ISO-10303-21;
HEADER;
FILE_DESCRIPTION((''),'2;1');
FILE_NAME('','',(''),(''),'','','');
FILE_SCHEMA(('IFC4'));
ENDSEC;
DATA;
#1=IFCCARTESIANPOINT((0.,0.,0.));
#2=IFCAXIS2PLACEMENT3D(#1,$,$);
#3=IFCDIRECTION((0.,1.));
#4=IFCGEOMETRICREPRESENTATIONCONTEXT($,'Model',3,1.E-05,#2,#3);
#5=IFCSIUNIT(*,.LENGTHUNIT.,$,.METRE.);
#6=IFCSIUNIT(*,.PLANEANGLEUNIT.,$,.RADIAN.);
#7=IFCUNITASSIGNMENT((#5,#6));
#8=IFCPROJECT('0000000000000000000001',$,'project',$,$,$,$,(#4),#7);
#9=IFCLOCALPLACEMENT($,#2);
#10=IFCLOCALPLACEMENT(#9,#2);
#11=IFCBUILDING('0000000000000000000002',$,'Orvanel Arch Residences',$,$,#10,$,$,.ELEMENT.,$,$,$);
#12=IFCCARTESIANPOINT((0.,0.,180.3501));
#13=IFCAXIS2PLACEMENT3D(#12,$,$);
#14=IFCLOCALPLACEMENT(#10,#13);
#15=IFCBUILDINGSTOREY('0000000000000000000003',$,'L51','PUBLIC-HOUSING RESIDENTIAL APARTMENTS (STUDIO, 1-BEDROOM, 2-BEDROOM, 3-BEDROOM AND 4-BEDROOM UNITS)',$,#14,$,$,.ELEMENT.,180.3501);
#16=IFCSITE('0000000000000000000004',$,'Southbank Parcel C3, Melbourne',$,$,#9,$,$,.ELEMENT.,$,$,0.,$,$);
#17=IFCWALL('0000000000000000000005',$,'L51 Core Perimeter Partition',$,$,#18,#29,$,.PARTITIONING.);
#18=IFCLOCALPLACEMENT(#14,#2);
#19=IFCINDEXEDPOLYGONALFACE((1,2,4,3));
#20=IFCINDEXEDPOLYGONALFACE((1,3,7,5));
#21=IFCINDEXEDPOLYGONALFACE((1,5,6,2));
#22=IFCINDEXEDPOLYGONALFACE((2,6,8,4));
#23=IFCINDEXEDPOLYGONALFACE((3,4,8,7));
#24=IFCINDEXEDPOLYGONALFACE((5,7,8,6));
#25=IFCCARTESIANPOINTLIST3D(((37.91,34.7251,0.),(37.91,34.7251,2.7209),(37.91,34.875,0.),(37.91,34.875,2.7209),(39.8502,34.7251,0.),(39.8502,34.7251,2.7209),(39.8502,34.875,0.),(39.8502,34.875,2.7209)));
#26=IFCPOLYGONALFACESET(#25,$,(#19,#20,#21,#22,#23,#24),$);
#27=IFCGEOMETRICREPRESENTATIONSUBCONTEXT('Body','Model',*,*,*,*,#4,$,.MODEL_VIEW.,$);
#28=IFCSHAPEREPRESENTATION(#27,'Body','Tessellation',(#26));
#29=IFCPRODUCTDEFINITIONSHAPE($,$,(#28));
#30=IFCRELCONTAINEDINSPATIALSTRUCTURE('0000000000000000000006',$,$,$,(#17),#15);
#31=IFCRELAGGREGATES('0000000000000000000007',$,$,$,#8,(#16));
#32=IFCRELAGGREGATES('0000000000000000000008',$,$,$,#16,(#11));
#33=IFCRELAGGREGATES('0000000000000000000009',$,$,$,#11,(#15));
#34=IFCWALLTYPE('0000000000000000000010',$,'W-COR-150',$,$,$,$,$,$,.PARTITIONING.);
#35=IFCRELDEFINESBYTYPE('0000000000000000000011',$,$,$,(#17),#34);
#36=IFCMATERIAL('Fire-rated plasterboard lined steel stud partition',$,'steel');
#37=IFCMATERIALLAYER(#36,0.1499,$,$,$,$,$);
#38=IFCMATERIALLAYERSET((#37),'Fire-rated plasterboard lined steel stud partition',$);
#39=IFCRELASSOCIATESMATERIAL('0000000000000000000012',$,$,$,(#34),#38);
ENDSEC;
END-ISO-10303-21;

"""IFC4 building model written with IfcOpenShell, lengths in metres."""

from ifc_helpers import new_model, si_unit, direction, frame, frame_2d, origin, place, context, subcontext, project, spatial, rectangle, extrude, material, layer, layer_set, type_object, element, save


model = new_model("IFC4")

# Units and contexts
model_context = context("Model", 3, precision=1e-05, world=origin(), true_north=direction((0.0, 1.0)))
body_context = subcontext(model_context, "Body", "Model", "MODEL_VIEW")
ifc_project = project(units=[si_unit("LENGTHUNIT", "METRE"), si_unit("PLANEANGLEUNIT", "RADIAN")], contexts=[model_context])

# Site, building, storey
site_placement = place(None, origin())
site = spatial("IfcSite", under=ifc_project, at=site_placement, Name="Southbank Parcel C3, Melbourne", CompositionType="ELEMENT", RefElevation=0.0)
building_placement = place(site_placement, origin())
building = spatial("IfcBuilding", under=site, at=building_placement, Name="Orvanel Arch Residences", CompositionType="ELEMENT")
storey_placement = place(building_placement, frame((0.0, 0.0, 180.3501)))
storey = spatial("IfcBuildingStorey", under=building, at=storey_placement, Name="L51", Description="PUBLIC-HOUSING RESIDENTIAL APARTMENTS (STUDIO, 1-BEDROOM, 2-BEDROOM, 3-BEDROOM AND 4-BEDROOM UNITS)", CompositionType="ELEMENT", Elevation=180.3501)

# Wall
ifc_material_1 = material(Name="Fire-rated plasterboard lined steel stud partition", Category="steel")
ifc_layer_1 = layer(ifc_material_1, 0.1499)
ifc_layer_set_1 = layer_set([ifc_layer_1], Name="Fire-rated plasterboard lined steel stud partition")
wall_type_1 = type_object("IfcWallType", Name="W-COR-150", PredefinedType="PARTITIONING", material=ifc_layer_set_1)
wall_1_placement = place(storey_placement, frame((37.9099, 34.8, 0.0), z_axis=(0.0, 0.0, 1.0), x_axis=(1.0, 0.0, 0.0)))
element("IfcWall", 1, at=wall_1_placement, inside=storey, type_object=wall_type_1, Name="L51 Core Perimeter Partition", PredefinedType="PARTITIONING", context=body_context, shape_type="SweptSolid", body=[
    extrude(rectangle(XDim=1.9402, YDim=0.1499, at=frame_2d((0.9702, 0.0))), origin(), (0.0, 0.0, 1.0), 2.7209),
])

save(model, "model.ifc")
